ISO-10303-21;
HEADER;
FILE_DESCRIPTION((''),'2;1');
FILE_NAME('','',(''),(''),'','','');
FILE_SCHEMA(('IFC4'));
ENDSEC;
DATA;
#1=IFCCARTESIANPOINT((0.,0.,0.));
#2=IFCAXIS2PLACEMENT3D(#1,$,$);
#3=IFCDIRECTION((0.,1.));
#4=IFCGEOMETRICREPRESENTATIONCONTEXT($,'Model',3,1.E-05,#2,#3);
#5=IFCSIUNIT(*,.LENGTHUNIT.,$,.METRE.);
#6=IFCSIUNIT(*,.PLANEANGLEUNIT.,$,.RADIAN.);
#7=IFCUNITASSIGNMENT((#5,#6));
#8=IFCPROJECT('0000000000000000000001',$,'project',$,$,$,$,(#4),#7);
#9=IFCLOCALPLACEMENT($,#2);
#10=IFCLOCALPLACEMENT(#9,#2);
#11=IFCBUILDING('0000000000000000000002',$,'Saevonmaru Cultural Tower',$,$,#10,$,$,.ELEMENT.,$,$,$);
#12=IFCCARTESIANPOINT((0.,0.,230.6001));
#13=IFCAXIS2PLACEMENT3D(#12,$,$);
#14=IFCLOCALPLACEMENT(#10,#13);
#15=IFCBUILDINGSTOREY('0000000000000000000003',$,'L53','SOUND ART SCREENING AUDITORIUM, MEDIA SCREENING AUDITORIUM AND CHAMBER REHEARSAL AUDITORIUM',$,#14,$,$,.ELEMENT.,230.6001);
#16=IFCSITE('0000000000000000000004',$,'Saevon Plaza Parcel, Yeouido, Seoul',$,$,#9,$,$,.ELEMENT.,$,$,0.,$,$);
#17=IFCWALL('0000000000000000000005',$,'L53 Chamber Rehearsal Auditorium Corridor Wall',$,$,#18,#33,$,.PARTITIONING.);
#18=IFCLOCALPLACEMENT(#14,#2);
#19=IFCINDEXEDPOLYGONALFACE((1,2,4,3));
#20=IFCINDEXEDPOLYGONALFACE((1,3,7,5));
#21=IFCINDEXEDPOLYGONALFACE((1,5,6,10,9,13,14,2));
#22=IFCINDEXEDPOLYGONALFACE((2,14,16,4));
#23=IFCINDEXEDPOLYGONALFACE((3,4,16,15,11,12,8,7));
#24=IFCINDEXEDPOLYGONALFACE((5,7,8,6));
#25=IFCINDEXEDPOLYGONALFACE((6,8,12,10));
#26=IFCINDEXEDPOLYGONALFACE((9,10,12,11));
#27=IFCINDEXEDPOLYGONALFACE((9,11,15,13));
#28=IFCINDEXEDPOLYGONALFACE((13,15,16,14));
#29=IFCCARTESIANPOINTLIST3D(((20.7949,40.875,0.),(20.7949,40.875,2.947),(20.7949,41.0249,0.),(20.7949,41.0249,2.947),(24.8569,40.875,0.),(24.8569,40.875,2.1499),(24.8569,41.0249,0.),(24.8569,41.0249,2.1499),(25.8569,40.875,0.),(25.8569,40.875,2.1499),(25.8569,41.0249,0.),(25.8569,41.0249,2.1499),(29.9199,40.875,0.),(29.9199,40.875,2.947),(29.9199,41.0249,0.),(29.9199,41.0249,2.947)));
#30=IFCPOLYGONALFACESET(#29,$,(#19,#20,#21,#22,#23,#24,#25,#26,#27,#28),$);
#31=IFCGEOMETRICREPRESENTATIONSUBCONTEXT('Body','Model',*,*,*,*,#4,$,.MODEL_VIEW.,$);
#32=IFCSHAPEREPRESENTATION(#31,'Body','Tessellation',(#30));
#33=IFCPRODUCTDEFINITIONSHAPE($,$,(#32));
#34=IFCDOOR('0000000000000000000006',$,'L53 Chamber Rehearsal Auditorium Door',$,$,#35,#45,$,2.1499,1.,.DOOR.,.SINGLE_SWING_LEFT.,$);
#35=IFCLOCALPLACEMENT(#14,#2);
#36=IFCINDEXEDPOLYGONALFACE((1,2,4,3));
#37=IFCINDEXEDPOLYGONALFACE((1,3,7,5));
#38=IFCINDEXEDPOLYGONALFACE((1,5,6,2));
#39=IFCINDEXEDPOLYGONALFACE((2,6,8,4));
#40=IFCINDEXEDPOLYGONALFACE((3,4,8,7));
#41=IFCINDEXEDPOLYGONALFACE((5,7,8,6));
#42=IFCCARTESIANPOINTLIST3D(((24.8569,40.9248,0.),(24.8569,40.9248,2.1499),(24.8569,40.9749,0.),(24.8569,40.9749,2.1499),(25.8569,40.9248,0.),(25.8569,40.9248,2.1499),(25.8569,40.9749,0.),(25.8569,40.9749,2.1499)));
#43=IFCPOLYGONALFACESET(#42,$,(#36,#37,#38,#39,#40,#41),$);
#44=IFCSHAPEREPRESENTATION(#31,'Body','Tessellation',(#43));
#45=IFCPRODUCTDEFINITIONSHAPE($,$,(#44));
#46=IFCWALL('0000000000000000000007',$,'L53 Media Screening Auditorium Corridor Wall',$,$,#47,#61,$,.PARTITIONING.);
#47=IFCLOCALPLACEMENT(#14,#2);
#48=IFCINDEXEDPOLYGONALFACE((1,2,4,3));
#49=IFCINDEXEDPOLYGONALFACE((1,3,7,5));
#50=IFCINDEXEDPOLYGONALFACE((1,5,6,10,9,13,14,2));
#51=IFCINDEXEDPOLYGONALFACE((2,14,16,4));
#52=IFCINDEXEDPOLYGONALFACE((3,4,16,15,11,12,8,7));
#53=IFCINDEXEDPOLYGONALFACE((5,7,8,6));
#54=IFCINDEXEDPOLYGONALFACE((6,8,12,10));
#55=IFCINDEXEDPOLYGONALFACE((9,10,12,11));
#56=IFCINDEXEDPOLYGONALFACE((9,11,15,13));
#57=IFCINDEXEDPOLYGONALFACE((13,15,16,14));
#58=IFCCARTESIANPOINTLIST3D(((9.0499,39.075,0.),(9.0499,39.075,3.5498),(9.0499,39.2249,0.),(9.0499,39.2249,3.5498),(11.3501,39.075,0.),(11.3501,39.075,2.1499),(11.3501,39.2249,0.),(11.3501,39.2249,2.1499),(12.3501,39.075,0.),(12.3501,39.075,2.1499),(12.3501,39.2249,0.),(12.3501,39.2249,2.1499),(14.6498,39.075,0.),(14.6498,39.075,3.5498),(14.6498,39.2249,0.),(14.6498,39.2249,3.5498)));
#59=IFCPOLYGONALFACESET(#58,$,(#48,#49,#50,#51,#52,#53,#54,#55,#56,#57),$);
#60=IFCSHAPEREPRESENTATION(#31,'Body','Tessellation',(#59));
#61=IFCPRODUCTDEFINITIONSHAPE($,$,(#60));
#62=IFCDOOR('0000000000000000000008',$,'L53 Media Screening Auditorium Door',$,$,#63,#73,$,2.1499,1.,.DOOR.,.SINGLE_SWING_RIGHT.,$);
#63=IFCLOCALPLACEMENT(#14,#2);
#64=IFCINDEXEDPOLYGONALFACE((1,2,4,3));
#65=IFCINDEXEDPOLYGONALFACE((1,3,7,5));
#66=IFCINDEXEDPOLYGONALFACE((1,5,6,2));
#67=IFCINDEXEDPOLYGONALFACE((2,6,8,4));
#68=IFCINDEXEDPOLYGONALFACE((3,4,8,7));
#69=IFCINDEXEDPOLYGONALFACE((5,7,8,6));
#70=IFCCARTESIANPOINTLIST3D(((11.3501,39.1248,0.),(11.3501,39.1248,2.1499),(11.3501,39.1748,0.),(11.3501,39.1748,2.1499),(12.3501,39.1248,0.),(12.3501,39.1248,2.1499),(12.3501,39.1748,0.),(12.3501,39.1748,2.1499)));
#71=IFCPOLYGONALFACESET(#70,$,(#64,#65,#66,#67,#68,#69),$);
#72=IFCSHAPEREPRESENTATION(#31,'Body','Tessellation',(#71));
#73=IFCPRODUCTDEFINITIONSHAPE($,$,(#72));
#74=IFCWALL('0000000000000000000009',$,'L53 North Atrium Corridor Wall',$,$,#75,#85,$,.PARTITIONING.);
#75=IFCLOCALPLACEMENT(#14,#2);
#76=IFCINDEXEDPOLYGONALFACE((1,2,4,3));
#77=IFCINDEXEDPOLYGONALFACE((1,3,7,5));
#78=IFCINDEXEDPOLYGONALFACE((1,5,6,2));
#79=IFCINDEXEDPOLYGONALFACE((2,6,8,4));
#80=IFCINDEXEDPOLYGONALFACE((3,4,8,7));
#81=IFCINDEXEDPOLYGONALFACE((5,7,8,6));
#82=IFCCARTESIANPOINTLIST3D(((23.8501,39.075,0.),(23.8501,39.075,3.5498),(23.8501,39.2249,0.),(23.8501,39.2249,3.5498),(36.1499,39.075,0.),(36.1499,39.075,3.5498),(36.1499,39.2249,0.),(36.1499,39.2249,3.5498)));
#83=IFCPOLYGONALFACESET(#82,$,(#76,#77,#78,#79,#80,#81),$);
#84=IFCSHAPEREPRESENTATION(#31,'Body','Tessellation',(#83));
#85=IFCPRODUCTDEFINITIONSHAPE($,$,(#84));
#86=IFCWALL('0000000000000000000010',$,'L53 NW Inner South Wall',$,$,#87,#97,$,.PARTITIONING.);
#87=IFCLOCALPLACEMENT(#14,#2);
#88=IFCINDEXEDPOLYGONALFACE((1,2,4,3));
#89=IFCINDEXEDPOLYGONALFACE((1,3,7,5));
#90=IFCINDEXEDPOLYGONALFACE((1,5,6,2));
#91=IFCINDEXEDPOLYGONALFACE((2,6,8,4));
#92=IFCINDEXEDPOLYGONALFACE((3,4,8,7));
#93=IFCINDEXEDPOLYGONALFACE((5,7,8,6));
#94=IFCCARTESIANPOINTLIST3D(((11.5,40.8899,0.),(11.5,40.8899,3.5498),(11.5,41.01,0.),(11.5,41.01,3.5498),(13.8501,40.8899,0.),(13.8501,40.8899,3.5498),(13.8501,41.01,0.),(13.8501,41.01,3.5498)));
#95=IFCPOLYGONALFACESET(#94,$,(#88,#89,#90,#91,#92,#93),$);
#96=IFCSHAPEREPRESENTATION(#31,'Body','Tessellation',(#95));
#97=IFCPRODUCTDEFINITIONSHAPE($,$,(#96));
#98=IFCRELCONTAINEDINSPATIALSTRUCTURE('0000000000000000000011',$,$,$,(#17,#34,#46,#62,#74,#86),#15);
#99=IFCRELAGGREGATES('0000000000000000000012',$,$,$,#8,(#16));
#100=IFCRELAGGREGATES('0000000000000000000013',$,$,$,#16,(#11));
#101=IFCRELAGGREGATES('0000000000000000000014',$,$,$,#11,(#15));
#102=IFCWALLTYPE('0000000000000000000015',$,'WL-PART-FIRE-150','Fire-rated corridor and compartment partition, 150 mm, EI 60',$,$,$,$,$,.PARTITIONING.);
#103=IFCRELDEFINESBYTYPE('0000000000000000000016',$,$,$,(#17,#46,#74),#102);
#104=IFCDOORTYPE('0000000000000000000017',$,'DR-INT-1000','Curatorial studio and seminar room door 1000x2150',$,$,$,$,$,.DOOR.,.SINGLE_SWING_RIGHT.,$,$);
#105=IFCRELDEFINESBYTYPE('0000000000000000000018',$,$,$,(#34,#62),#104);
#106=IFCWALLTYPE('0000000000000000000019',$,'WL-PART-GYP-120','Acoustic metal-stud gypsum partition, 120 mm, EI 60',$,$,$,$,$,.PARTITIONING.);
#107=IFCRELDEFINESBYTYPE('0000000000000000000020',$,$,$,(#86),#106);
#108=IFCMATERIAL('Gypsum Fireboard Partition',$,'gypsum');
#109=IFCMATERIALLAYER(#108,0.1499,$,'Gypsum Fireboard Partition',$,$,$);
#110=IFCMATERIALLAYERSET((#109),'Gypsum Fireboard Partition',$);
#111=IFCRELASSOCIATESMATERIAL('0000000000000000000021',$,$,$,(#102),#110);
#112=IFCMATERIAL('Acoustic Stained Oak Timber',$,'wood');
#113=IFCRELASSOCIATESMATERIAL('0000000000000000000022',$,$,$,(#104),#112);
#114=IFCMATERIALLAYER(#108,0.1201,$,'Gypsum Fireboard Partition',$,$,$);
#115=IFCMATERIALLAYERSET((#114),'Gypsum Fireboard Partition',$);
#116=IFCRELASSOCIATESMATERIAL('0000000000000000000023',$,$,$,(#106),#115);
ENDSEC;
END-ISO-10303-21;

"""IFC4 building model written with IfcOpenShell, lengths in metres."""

from ifc_helpers import new_model, si_unit, direction, frame, frame_2d, origin, place, context, subcontext, project, spatial, rectangle, extrude, material, layer, layer_set, type_object, element, fill, save


model = new_model("IFC4")

# Units and contexts
model_context = context("Model", 3, precision=1e-05, world=origin(), true_north=direction((0.0, 1.0)))
body_context = subcontext(model_context, "Body", "Model", "MODEL_VIEW")
ifc_project = project(units=[si_unit("LENGTHUNIT", "METRE"), si_unit("PLANEANGLEUNIT", "RADIAN")], contexts=[model_context])

# Site, building, storey
site_placement = place(None, origin())
site = spatial("IfcSite", under=ifc_project, at=site_placement, Name="Saevon Plaza Parcel, Yeouido, Seoul", CompositionType="ELEMENT", RefElevation=0.0)
building_placement = place(site_placement, origin())
building = spatial("IfcBuilding", under=site, at=building_placement, Name="Saevonmaru Cultural Tower", CompositionType="ELEMENT")
storey_placement = place(building_placement, frame((0.0, 0.0, 230.6001)))
storey = spatial("IfcBuildingStorey", under=building, at=storey_placement, Name="L53", Description="SOUND ART SCREENING AUDITORIUM, MEDIA SCREENING AUDITORIUM AND CHAMBER REHEARSAL AUDITORIUM", CompositionType="ELEMENT", Elevation=230.6001)

# Shared definitions
ifc_material_1 = material(Name="Gypsum Fireboard Partition", Category="gypsum")
ifc_layer_1 = layer(ifc_material_1, 0.1499, Name="Gypsum Fireboard Partition")
ifc_layer_set_1 = layer_set([ifc_layer_1], Name="Gypsum Fireboard Partition")
wall_type_1 = type_object("IfcWallType", Name="WL-PART-FIRE-150", Description="Fire-rated corridor and compartment partition, 150 mm, EI 60", PredefinedType="PARTITIONING", material=ifc_layer_set_1)
ifc_material_2 = material(Name="Acoustic Stained Oak Timber", Category="wood")
door_type = type_object("IfcDoorType", Name="DR-INT-1000", Description="Curatorial studio and seminar room door 1000x2150", OperationType="SINGLE_SWING_RIGHT", PredefinedType="DOOR", material=ifc_material_2)

# Walls, openings, doors
wall_1_placement = place(storey_placement, frame((20.7949, 40.95, 0.0), z_axis=(0.0, 0.0, 1.0), x_axis=(1.0, 0.0, 0.0)))
wall_1 = element("IfcWall", 1, at=wall_1_placement, inside=storey, type_object=wall_type_1, Name="L53 Chamber Rehearsal Auditorium Corridor Wall", PredefinedType="PARTITIONING", context=body_context, shape_type="SweptSolid", body=[
    extrude(rectangle(XDim=9.125, YDim=0.1499, at=frame_2d((4.5625, 0.0))), origin(), (0.0, 0.0, 1.0), 2.947),
])
opening_1_placement = place(wall_1_placement, frame((4.062, 0.0, 0.0)))
opening_1 = element("IfcOpeningElement", 2, at=opening_1_placement, cuts=wall_1, PredefinedType="OPENING", context=body_context, shape_type="SweptSolid", body=[
    extrude(rectangle(XDim=1.0, YDim=2.1499, at=frame_2d((0.5, 1.075))), frame((0.0, 0.085, 0.0), z_axis=(0.0, -1.0, 0.0), x_axis=(1.0, 0.0, 0.0)), (0.0, 0.0, 1.0), 0.1699),
])
door_1_placement = place(opening_1_placement, origin())
door_1 = element("IfcDoor", 3, at=door_1_placement, inside=storey, type_object=door_type, Name="L53 Chamber Rehearsal Auditorium Door", OperationType="SINGLE_SWING_LEFT", OverallHeight=2.1499, OverallWidth=1.0, PredefinedType="DOOR", context=body_context, shape_type="SweptSolid", body=[
    extrude(rectangle(XDim=1.0, YDim=2.1499, at=frame_2d((0.5, 1.075))), frame((0.0, 0.0249, 0.0), z_axis=(0.0, -1.0, 0.0), x_axis=(1.0, 0.0, 0.0)), (0.0, 0.0, 1.0), 0.05),
])
fill(opening_1, door_1)
wall_2_placement = place(storey_placement, frame((9.05, 39.1499, 0.0), z_axis=(0.0, 0.0, 1.0), x_axis=(1.0, 0.0, 0.0)))
wall_2 = element("IfcWall", 4, at=wall_2_placement, inside=storey, type_object=wall_type_1, Name="L53 Media Screening Auditorium Corridor Wall", PredefinedType="PARTITIONING", context=body_context, shape_type="SweptSolid", body=[
    extrude(rectangle(XDim=5.5999, YDim=0.1499, at=frame_2d((2.7998, 0.0))), origin(), (0.0, 0.0, 1.0), 3.5498),
])
opening_2_placement = place(wall_2_placement, frame((2.3, 0.0, 0.0)))
opening_2 = element("IfcOpeningElement", 5, at=opening_2_placement, cuts=wall_2, PredefinedType="OPENING", context=body_context, shape_type="SweptSolid", body=[
    extrude(rectangle(XDim=1.0, YDim=2.1499, at=frame_2d((0.5, 1.075))), frame((0.0, 0.085, 0.0), z_axis=(0.0, -1.0, 0.0), x_axis=(1.0, 0.0, 0.0)), (0.0, 0.0, 1.0), 0.1699),
])
door_2_placement = place(opening_2_placement, origin())
door_2 = element("IfcDoor", 6, at=door_2_placement, inside=storey, type_object=door_type, Name="L53 Media Screening Auditorium Door", OperationType="SINGLE_SWING_RIGHT", OverallHeight=2.1499, OverallWidth=1.0, PredefinedType="DOOR", context=body_context, shape_type="SweptSolid", body=[
    extrude(rectangle(XDim=1.0, YDim=2.1499, at=frame_2d((0.5, 1.075))), frame((0.0, 0.0249, 0.0), z_axis=(0.0, -1.0, 0.0), x_axis=(1.0, 0.0, 0.0)), (0.0, 0.0, 1.0), 0.05),
])
fill(opening_2, door_2)

# Walls
wall_3_placement = place(storey_placement, frame((23.8501, 39.1499, 0.0), z_axis=(0.0, 0.0, 1.0), x_axis=(1.0, 0.0, 0.0)))
element("IfcWall", 7, at=wall_3_placement, inside=storey, type_object=wall_type_1, Name="L53 North Atrium Corridor Wall", PredefinedType="PARTITIONING", context=body_context, shape_type="SweptSolid", body=[
    extrude(rectangle(XDim=12.2998, YDim=0.1499, at=frame_2d((6.1499, 0.0))), origin(), (0.0, 0.0, 1.0), 3.5498),
])
ifc_layer_2 = layer(ifc_material_1, 0.1201, Name="Gypsum Fireboard Partition")
ifc_layer_set_2 = layer_set([ifc_layer_2], Name="Gypsum Fireboard Partition")
wall_type_2 = type_object("IfcWallType", Name="WL-PART-GYP-120", Description="Acoustic metal-stud gypsum partition, 120 mm, EI 60", PredefinedType="PARTITIONING", material=ifc_layer_set_2)
wall_4_placement = place(storey_placement, frame((11.5, 40.95, 0.0), z_axis=(0.0, 0.0, 1.0), x_axis=(1.0, 0.0, 0.0)))
element("IfcWall", 8, at=wall_4_placement, inside=storey, type_object=wall_type_2, Name="L53 NW Inner South Wall", PredefinedType="PARTITIONING", context=body_context, shape_type="SweptSolid", body=[
    extrude(rectangle(XDim=2.3501, YDim=0.1201, at=frame_2d((1.175, 0.0))), origin(), (0.0, 0.0, 1.0), 3.5498),
])

save(model, "model.ifc")
